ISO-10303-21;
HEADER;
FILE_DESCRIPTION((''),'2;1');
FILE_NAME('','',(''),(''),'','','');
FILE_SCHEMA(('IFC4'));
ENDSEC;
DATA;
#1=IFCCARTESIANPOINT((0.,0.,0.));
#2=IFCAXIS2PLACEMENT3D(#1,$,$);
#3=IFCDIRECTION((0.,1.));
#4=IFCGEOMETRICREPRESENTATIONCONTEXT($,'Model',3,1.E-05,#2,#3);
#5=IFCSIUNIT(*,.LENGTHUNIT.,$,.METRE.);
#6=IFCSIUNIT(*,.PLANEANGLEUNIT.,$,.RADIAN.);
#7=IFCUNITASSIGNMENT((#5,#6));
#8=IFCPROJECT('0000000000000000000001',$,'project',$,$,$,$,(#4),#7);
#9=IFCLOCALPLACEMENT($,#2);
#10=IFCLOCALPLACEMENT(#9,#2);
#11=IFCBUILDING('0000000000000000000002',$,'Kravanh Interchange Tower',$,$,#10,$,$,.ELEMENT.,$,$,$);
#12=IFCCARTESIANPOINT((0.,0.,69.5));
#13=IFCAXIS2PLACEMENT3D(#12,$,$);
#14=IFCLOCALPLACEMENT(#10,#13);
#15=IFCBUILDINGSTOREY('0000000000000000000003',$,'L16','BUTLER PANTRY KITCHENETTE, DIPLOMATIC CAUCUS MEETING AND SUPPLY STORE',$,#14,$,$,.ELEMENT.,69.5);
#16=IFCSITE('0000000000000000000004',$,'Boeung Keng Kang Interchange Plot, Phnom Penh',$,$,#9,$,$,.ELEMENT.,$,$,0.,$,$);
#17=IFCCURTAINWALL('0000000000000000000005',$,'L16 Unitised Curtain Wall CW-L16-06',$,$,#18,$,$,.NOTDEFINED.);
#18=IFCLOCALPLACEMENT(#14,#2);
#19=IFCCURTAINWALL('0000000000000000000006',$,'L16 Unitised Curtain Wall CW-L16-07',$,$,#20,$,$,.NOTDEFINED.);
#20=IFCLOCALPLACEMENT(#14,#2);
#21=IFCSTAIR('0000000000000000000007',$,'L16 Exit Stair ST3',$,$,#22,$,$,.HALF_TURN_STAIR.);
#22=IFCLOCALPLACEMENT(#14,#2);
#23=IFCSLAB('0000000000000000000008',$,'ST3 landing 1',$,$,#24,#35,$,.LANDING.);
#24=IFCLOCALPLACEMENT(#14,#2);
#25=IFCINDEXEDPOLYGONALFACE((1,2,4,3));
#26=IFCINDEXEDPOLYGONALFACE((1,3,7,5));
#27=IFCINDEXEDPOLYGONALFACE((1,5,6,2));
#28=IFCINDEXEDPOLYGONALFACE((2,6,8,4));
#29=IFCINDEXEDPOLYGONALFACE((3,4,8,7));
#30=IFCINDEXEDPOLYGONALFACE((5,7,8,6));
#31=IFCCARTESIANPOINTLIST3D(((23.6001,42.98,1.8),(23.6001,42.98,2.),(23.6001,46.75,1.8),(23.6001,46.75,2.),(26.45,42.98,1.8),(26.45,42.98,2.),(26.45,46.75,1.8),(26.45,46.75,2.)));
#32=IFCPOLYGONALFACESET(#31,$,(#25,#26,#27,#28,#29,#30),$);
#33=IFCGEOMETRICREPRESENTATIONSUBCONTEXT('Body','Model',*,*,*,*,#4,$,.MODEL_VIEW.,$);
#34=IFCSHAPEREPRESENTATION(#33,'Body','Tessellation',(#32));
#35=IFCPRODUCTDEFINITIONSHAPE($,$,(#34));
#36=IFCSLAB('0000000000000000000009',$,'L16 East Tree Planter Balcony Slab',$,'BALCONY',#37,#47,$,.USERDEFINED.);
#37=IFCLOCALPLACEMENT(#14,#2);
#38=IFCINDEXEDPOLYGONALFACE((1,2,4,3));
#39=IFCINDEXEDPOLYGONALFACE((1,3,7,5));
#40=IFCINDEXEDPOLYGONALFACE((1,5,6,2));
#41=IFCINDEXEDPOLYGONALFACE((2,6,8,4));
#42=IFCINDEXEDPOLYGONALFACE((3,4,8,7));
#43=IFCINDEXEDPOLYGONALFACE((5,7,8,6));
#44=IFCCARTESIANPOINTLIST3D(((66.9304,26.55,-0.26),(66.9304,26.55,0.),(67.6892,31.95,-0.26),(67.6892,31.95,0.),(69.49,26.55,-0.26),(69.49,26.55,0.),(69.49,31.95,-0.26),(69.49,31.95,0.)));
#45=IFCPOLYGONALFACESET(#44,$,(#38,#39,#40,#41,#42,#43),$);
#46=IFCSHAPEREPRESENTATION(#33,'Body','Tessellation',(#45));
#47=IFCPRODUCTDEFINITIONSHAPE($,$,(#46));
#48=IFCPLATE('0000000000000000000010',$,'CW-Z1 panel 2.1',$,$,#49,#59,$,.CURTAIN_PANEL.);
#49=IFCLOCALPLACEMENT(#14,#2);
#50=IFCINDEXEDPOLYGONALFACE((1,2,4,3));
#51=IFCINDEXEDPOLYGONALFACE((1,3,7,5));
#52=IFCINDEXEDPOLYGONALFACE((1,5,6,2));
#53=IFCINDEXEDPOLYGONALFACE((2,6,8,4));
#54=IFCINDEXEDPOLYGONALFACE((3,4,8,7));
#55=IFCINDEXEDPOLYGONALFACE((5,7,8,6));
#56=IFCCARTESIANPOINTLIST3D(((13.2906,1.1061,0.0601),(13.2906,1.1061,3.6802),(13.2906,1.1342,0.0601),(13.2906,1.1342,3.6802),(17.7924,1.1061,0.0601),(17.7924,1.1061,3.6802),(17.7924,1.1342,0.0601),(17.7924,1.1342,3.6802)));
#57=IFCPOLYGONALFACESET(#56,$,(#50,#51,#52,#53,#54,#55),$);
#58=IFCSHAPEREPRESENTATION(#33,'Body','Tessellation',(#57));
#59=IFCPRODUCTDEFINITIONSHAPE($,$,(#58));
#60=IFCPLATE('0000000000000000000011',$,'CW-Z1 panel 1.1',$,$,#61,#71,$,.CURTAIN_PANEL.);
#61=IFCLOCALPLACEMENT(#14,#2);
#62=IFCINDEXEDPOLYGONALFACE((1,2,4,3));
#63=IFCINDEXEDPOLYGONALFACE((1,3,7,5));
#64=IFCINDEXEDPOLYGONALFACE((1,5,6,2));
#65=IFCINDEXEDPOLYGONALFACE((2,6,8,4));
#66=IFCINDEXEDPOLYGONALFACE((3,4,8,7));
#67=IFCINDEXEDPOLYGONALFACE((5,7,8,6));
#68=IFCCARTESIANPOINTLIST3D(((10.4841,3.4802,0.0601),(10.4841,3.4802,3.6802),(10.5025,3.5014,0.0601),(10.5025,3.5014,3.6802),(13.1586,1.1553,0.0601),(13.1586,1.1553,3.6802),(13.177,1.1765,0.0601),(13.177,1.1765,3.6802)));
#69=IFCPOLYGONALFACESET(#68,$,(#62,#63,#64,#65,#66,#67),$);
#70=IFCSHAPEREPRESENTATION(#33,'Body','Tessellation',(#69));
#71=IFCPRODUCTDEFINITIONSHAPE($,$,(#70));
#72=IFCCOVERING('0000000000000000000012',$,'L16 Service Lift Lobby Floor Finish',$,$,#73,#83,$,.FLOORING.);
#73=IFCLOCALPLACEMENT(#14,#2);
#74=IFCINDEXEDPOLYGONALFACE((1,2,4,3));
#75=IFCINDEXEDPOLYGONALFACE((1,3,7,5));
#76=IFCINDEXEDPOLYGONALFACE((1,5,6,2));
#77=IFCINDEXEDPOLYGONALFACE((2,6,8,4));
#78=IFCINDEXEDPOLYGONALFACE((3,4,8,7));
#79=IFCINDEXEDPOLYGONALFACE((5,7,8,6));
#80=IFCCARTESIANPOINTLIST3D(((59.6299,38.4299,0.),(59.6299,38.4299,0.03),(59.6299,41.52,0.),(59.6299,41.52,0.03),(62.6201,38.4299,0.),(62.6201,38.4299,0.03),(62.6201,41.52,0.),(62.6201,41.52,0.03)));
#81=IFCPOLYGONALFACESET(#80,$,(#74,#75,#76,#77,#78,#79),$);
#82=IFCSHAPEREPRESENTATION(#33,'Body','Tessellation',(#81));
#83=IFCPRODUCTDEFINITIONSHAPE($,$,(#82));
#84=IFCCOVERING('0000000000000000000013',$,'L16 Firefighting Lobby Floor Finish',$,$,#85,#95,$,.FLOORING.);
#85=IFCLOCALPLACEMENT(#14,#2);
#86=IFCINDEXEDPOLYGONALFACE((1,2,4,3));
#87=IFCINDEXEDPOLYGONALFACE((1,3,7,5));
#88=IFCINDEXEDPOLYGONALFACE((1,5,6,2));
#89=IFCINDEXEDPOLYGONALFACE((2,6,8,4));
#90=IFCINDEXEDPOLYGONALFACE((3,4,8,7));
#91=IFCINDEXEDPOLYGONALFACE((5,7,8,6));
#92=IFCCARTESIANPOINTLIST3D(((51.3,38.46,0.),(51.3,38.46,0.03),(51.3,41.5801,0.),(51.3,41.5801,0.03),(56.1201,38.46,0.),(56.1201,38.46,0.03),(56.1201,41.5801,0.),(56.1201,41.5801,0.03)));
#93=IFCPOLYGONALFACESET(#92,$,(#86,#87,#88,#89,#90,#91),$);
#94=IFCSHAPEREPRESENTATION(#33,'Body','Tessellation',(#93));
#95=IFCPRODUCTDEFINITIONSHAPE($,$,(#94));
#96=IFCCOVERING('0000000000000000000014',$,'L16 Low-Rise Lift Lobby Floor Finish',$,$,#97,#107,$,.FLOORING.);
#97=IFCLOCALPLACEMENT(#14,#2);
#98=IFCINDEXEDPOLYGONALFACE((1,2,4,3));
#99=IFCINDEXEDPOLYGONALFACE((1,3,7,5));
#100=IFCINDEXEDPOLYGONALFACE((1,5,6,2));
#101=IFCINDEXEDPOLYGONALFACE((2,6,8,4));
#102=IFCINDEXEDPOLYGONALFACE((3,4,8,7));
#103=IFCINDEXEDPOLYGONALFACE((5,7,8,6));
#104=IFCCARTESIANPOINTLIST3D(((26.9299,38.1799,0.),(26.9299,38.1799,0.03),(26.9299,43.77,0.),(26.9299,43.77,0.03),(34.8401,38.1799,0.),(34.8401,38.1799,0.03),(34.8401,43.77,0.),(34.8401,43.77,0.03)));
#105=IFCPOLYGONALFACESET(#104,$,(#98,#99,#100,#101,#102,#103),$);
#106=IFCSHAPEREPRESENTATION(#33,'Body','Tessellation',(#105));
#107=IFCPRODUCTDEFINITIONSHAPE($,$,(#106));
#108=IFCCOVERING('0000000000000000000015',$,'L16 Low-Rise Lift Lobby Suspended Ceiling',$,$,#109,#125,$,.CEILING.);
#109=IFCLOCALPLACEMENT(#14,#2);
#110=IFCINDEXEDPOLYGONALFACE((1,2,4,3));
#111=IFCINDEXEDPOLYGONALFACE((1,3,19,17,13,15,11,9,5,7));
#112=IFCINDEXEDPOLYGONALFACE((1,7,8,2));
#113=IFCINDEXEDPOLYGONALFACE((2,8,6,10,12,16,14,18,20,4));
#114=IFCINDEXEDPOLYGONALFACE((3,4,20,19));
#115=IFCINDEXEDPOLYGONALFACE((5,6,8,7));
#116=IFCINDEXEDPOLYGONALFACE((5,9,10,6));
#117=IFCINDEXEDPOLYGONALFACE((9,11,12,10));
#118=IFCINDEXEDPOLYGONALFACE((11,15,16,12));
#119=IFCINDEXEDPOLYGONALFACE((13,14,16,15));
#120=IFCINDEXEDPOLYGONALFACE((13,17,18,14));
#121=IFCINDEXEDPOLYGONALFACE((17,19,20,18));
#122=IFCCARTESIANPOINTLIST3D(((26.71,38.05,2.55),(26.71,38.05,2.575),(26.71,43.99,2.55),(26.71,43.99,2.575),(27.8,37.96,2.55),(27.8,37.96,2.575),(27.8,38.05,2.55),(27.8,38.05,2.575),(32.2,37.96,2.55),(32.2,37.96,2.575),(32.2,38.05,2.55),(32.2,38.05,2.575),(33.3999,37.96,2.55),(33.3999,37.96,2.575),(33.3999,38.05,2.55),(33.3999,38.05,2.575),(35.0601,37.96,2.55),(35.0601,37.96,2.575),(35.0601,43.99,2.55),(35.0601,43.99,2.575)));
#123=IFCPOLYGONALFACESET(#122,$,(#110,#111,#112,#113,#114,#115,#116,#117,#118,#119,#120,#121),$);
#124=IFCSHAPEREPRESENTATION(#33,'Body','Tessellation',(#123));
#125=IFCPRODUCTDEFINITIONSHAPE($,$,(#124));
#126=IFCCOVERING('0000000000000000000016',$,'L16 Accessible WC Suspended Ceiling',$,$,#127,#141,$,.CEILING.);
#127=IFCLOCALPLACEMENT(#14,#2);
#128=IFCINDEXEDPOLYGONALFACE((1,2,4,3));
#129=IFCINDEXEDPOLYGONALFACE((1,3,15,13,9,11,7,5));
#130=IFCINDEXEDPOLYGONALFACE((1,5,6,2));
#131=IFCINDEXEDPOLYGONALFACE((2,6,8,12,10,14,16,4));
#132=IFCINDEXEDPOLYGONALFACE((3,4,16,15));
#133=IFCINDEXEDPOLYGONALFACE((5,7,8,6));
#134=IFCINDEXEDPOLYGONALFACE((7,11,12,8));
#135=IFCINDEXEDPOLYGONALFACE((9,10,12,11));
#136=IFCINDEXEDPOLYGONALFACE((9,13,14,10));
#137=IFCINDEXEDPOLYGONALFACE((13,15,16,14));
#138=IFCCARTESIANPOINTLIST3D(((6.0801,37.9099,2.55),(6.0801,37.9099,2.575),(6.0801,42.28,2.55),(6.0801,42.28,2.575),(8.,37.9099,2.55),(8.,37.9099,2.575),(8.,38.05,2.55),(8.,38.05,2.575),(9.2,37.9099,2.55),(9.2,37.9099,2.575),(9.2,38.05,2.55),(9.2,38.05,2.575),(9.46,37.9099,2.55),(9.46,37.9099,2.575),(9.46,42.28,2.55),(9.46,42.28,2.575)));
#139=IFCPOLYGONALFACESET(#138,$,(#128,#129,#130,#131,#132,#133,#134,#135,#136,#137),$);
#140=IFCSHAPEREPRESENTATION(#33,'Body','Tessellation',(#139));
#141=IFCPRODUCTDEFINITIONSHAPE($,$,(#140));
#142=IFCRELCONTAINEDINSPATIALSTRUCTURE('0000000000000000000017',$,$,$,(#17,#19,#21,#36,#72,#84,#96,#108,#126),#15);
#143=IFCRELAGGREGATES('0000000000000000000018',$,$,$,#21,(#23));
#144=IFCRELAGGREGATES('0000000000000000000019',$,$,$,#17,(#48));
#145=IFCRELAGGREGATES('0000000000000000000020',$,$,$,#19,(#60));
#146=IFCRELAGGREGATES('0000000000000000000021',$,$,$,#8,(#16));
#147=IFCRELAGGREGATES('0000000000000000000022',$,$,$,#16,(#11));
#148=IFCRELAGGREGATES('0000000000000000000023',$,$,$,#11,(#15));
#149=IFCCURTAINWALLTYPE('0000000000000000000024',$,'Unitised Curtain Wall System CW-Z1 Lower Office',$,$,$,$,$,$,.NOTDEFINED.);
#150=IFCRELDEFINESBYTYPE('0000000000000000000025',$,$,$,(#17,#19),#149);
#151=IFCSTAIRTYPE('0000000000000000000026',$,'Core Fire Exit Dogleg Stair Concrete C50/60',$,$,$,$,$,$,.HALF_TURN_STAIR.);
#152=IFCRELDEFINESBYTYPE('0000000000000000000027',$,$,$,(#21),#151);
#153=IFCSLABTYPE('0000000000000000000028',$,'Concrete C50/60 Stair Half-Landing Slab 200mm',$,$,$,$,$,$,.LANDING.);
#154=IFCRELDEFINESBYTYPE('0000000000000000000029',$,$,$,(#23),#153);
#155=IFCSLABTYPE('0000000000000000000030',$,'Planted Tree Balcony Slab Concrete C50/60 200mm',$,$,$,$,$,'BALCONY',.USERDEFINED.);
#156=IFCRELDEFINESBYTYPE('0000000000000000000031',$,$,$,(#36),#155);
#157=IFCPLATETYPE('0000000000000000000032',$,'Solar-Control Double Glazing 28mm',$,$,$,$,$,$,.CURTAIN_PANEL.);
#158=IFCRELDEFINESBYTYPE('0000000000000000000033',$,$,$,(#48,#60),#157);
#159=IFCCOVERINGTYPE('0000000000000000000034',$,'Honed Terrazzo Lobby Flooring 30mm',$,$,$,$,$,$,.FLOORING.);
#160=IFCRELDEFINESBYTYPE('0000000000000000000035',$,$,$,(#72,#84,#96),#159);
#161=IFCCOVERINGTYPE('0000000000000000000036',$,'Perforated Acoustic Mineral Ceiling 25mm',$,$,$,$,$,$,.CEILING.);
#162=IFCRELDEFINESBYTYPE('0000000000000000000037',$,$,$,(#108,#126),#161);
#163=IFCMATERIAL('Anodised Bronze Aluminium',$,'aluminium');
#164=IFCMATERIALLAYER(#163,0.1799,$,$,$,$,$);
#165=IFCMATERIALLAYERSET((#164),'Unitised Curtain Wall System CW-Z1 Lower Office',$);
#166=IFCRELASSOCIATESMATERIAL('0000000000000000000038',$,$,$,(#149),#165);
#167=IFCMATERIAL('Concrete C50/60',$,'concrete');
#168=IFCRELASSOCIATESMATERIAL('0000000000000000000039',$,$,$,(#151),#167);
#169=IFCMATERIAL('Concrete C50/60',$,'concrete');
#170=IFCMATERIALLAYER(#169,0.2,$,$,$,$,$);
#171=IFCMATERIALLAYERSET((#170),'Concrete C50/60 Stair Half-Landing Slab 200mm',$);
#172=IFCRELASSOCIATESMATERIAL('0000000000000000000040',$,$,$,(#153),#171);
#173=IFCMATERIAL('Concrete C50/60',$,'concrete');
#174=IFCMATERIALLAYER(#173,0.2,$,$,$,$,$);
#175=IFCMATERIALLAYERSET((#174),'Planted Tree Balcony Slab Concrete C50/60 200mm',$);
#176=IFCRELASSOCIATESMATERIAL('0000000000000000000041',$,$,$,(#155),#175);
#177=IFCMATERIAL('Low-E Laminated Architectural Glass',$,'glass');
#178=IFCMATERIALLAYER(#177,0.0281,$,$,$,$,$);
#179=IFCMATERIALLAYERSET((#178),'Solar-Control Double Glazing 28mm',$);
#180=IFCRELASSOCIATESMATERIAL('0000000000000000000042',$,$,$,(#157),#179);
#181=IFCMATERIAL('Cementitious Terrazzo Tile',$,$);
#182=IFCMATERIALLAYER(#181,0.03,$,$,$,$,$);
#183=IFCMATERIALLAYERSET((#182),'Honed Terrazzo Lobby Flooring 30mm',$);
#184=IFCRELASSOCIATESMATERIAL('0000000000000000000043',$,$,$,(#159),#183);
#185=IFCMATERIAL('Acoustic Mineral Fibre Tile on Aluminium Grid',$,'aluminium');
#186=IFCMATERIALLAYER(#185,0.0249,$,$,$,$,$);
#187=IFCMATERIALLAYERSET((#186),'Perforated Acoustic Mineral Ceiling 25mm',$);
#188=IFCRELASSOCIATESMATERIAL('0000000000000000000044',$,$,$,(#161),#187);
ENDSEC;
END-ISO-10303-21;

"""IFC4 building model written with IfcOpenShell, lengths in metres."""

from ifc_helpers import new_model, si_unit, direction, frame, origin, origin_2d, place, context, subcontext, project, spatial, polyline, rectangle, outline, extrude, material, layer, layer_set, type_object, element, aggregate, save


model = new_model("IFC4")

# Units and contexts
model_context = context("Model", 3, precision=1e-05, world=origin(), true_north=direction((0.0, 1.0)))
body_context = subcontext(model_context, "Body", "Model", "MODEL_VIEW")
ifc_project = project(units=[si_unit("LENGTHUNIT", "METRE"), si_unit("PLANEANGLEUNIT", "RADIAN")], contexts=[model_context])

# Site, building, storey
site_placement = place(None, origin())
site = spatial("IfcSite", under=ifc_project, at=site_placement, Name="Boeung Keng Kang Interchange Plot, Phnom Penh", CompositionType="ELEMENT", RefElevation=0.0)
building_placement = place(site_placement, origin())
building = spatial("IfcBuilding", under=site, at=building_placement, Name="Kravanh Interchange Tower", CompositionType="ELEMENT")
storey_placement = place(building_placement, frame((0.0, 0.0, 69.5)))
storey = spatial("IfcBuildingStorey", under=building, at=storey_placement, Name="L16", Description="BUTLER PANTRY KITCHENETTE, DIPLOMATIC CAUCUS MEETING AND SUPPLY STORE", CompositionType="ELEMENT", Elevation=69.5)

# Curtain wall
ifc_material_1 = material(Name="Anodised Bronze Aluminium", Category="aluminium")
ifc_layer_1 = layer(ifc_material_1, 0.1799)
ifc_layer_set_1 = layer_set([ifc_layer_1], Name="Unitised Curtain Wall System CW-Z1 Lower Office")
curtain_wall_type = type_object("IfcCurtainWallType", Name="Unitised Curtain Wall System CW-Z1 Lower Office", PredefinedType="NOTDEFINED", material=ifc_layer_set_1)
curtain_wall_1_placement = place(storey_placement, origin())
curtain_wall_1 = element("IfcCurtainWall", 1, at=curtain_wall_1_placement, inside=storey, type_object=curtain_wall_type, Name="L16 Unitised Curtain Wall CW-L16-06", PredefinedType="NOTDEFINED")

# Curtain wall
curtain_wall_2_placement = place(storey_placement, origin())
curtain_wall_2 = element("IfcCurtainWall", 2, at=curtain_wall_2_placement, inside=storey, type_object=curtain_wall_type, Name="L16 Unitised Curtain Wall CW-L16-07", PredefinedType="NOTDEFINED")

# Stair, slab
ifc_material_2 = material(Name="Concrete C50/60", Category="concrete")
stair_type = type_object("IfcStairType", Name="Core Fire Exit Dogleg Stair Concrete C50/60", PredefinedType="HALF_TURN_STAIR", material=ifc_material_2)
ifc_material_3 = material(Name="Concrete C50/60", Category="concrete")
ifc_layer_2 = layer(ifc_material_3, 0.2)
ifc_layer_set_2 = layer_set([ifc_layer_2], Name="Concrete C50/60 Stair Half-Landing Slab 200mm")
slab_type_1 = type_object("IfcSlabType", Name="Concrete C50/60 Stair Half-Landing Slab 200mm", PredefinedType="LANDING", material=ifc_layer_set_2)
stair_1_placement = place(storey_placement, origin())
stair_1 = element("IfcStair", 3, at=stair_1_placement, inside=storey, type_object=stair_type, Name="L16 Exit Stair ST3", PredefinedType="HALF_TURN_STAIR")
slab_1_placement = place(storey_placement, frame((0.0, 0.0, 1.8)))
slab_1 = element("IfcSlab", 4, at=slab_1_placement, type_object=slab_type_1, Name="ST3 landing 1", PredefinedType="LANDING", context=body_context, shape_type="SweptSolid", body=[
    extrude(outline(polyline([(26.45, 42.98), (26.45, 46.75), (23.6001, 46.75), (23.6001, 42.98), (26.45, 42.98)])), origin(), (0.0, 0.0, 1.0), 0.2),
])
aggregate(stair_1, [slab_1])

# Slab
ifc_material_4 = material(Name="Concrete C50/60", Category="concrete")
ifc_layer_3 = layer(ifc_material_4, 0.2)
ifc_layer_set_3 = layer_set([ifc_layer_3], Name="Planted Tree Balcony Slab Concrete C50/60 200mm")
slab_type_2 = type_object("IfcSlabType", Name="Planted Tree Balcony Slab Concrete C50/60 200mm", ElementType="BALCONY", PredefinedType="USERDEFINED", material=ifc_layer_set_3)
slab_2_placement = place(storey_placement, frame((0.0, 0.0, -0.26)))
element("IfcSlab", 5, at=slab_2_placement, inside=storey, type_object=slab_type_2, Name="L16 East Tree Planter Balcony Slab", ObjectType="BALCONY", PredefinedType="USERDEFINED", context=body_context, shape_type="SweptSolid", body=[
    extrude(outline(polyline([(69.49, 31.95), (69.49, 26.55), (66.9304, 26.55), (67.6892, 31.95), (69.49, 31.95)])), origin(), (0.0, 0.0, 1.0), 0.26),
])

# Plates
ifc_material_5 = material(Name="Low-E Laminated Architectural Glass", Category="glass")
ifc_layer_4 = layer(ifc_material_5, 0.0281)
ifc_layer_set_4 = layer_set([ifc_layer_4], Name="Solar-Control Double Glazing 28mm")
plate_type = type_object("IfcPlateType", Name="Solar-Control Double Glazing 28mm", PredefinedType="CURTAIN_PANEL", material=ifc_layer_set_4)
plate_1_placement = place(storey_placement, frame((15.5415, 1.1201, 0.0601), z_axis=(0.0, 0.0, 1.0), x_axis=(-1.0, 0.0, 0.0)))
plate_1 = element("IfcPlate", 6, at=plate_1_placement, type_object=plate_type, Name="CW-Z1 panel 2.1", PredefinedType="CURTAIN_PANEL", context=body_context, shape_type="SweptSolid", body=[
    extrude(rectangle(XDim=4.5017, YDim=0.0281, at=origin_2d()), origin(), (0.0, 0.0, 1.0), 3.6201),
])
aggregate(curtain_wall_1, [plate_1])
plate_2_placement = place(storey_placement, frame((11.8306, 2.3284, 0.0601), z_axis=(0.0, 0.0, 1.0), x_axis=(-0.754708, 0.65606, 0.0)))
plate_2 = element("IfcPlate", 7, at=plate_2_placement, type_object=plate_type, Name="CW-Z1 panel 1.1", PredefinedType="CURTAIN_PANEL", context=body_context, shape_type="SweptSolid", body=[
    extrude(rectangle(XDim=3.5437, YDim=0.0281, at=origin_2d()), origin(), (0.0, 0.0, 1.0), 3.6201),
])
aggregate(curtain_wall_2, [plate_2])

# Coverings
ifc_material_6 = material(Name="Cementitious Terrazzo Tile")
ifc_layer_5 = layer(ifc_material_6, 0.03)
ifc_layer_set_5 = layer_set([ifc_layer_5], Name="Honed Terrazzo Lobby Flooring 30mm")
covering_type_1 = type_object("IfcCoveringType", Name="Honed Terrazzo Lobby Flooring 30mm", PredefinedType="FLOORING", material=ifc_layer_set_5)
covering_1_placement = place(storey_placement, origin())
element("IfcCovering", 8, at=covering_1_placement, inside=storey, type_object=covering_type_1, Name="L16 Service Lift Lobby Floor Finish", PredefinedType="FLOORING", context=body_context, shape_type="SweptSolid", body=[
    extrude(outline(polyline([(59.6299, 41.52), (62.6201, 41.52), (62.6201, 38.4299), (59.6299, 38.4299), (59.6299, 41.52)])), origin(), (0.0, 0.0, 1.0), 0.03),
])
covering_2_placement = place(storey_placement, origin())
element("IfcCovering", 9, at=covering_2_placement, inside=storey, type_object=covering_type_1, Name="L16 Firefighting Lobby Floor Finish", PredefinedType="FLOORING", context=body_context, shape_type="SweptSolid", body=[
    extrude(outline(polyline([(56.1201, 38.46), (51.3, 38.46), (51.3, 41.5801), (56.1201, 41.5801), (56.1201, 38.46)])), origin(), (0.0, 0.0, 1.0), 0.03),
])
covering_3_placement = place(storey_placement, origin())
element("IfcCovering", 10, at=covering_3_placement, inside=storey, type_object=covering_type_1, Name="L16 Low-Rise Lift Lobby Floor Finish", PredefinedType="FLOORING", context=body_context, shape_type="SweptSolid", body=[
    extrude(outline(polyline([(26.9299, 43.77), (34.8401, 43.77), (34.8401, 38.1799), (26.9299, 38.1799), (26.9299, 43.77)])), origin(), (0.0, 0.0, 1.0), 0.03),
])
ifc_material_7 = material(Name="Acoustic Mineral Fibre Tile on Aluminium Grid", Category="aluminium")
ifc_layer_6 = layer(ifc_material_7, 0.0249)
ifc_layer_set_6 = layer_set([ifc_layer_6], Name="Perforated Acoustic Mineral Ceiling 25mm")
covering_type_2 = type_object("IfcCoveringType", Name="Perforated Acoustic Mineral Ceiling 25mm", PredefinedType="CEILING", material=ifc_layer_set_6)
covering_4_placement = place(storey_placement, frame((0.0, 0.0, 2.55)))
element("IfcCovering", 11, at=covering_4_placement, inside=storey, type_object=covering_type_2, Name="L16 Low-Rise Lift Lobby Suspended Ceiling", PredefinedType="CEILING", context=body_context, shape_type="SweptSolid", body=[
    extrude(outline(polyline([(35.0601, 37.96), (33.3999, 37.96), (33.3999, 38.05), (32.2, 38.05), (32.2, 37.96), (27.8, 37.96), (27.8, 38.05), (26.71, 38.05), (26.71, 43.99), (35.0601, 43.99), (35.0601, 37.96)])), origin(), (0.0, 0.0, 1.0), 0.0249),
])
covering_5_placement = place(storey_placement, frame((0.0, 0.0, 2.55)))
element("IfcCovering", 12, at=covering_5_placement, inside=storey, type_object=covering_type_2, Name="L16 Accessible WC Suspended Ceiling", PredefinedType="CEILING", context=body_context, shape_type="SweptSolid", body=[
    extrude(outline(polyline([(9.46, 42.28), (9.46, 37.9099), (9.2, 37.9099), (9.2, 38.05), (8.0, 38.05), (8.0, 37.9099), (6.0801, 37.9099), (6.0801, 42.28), (9.46, 42.28)])), origin(), (0.0, 0.0, 1.0), 0.0249),
])

save(model, "model.ifc")
